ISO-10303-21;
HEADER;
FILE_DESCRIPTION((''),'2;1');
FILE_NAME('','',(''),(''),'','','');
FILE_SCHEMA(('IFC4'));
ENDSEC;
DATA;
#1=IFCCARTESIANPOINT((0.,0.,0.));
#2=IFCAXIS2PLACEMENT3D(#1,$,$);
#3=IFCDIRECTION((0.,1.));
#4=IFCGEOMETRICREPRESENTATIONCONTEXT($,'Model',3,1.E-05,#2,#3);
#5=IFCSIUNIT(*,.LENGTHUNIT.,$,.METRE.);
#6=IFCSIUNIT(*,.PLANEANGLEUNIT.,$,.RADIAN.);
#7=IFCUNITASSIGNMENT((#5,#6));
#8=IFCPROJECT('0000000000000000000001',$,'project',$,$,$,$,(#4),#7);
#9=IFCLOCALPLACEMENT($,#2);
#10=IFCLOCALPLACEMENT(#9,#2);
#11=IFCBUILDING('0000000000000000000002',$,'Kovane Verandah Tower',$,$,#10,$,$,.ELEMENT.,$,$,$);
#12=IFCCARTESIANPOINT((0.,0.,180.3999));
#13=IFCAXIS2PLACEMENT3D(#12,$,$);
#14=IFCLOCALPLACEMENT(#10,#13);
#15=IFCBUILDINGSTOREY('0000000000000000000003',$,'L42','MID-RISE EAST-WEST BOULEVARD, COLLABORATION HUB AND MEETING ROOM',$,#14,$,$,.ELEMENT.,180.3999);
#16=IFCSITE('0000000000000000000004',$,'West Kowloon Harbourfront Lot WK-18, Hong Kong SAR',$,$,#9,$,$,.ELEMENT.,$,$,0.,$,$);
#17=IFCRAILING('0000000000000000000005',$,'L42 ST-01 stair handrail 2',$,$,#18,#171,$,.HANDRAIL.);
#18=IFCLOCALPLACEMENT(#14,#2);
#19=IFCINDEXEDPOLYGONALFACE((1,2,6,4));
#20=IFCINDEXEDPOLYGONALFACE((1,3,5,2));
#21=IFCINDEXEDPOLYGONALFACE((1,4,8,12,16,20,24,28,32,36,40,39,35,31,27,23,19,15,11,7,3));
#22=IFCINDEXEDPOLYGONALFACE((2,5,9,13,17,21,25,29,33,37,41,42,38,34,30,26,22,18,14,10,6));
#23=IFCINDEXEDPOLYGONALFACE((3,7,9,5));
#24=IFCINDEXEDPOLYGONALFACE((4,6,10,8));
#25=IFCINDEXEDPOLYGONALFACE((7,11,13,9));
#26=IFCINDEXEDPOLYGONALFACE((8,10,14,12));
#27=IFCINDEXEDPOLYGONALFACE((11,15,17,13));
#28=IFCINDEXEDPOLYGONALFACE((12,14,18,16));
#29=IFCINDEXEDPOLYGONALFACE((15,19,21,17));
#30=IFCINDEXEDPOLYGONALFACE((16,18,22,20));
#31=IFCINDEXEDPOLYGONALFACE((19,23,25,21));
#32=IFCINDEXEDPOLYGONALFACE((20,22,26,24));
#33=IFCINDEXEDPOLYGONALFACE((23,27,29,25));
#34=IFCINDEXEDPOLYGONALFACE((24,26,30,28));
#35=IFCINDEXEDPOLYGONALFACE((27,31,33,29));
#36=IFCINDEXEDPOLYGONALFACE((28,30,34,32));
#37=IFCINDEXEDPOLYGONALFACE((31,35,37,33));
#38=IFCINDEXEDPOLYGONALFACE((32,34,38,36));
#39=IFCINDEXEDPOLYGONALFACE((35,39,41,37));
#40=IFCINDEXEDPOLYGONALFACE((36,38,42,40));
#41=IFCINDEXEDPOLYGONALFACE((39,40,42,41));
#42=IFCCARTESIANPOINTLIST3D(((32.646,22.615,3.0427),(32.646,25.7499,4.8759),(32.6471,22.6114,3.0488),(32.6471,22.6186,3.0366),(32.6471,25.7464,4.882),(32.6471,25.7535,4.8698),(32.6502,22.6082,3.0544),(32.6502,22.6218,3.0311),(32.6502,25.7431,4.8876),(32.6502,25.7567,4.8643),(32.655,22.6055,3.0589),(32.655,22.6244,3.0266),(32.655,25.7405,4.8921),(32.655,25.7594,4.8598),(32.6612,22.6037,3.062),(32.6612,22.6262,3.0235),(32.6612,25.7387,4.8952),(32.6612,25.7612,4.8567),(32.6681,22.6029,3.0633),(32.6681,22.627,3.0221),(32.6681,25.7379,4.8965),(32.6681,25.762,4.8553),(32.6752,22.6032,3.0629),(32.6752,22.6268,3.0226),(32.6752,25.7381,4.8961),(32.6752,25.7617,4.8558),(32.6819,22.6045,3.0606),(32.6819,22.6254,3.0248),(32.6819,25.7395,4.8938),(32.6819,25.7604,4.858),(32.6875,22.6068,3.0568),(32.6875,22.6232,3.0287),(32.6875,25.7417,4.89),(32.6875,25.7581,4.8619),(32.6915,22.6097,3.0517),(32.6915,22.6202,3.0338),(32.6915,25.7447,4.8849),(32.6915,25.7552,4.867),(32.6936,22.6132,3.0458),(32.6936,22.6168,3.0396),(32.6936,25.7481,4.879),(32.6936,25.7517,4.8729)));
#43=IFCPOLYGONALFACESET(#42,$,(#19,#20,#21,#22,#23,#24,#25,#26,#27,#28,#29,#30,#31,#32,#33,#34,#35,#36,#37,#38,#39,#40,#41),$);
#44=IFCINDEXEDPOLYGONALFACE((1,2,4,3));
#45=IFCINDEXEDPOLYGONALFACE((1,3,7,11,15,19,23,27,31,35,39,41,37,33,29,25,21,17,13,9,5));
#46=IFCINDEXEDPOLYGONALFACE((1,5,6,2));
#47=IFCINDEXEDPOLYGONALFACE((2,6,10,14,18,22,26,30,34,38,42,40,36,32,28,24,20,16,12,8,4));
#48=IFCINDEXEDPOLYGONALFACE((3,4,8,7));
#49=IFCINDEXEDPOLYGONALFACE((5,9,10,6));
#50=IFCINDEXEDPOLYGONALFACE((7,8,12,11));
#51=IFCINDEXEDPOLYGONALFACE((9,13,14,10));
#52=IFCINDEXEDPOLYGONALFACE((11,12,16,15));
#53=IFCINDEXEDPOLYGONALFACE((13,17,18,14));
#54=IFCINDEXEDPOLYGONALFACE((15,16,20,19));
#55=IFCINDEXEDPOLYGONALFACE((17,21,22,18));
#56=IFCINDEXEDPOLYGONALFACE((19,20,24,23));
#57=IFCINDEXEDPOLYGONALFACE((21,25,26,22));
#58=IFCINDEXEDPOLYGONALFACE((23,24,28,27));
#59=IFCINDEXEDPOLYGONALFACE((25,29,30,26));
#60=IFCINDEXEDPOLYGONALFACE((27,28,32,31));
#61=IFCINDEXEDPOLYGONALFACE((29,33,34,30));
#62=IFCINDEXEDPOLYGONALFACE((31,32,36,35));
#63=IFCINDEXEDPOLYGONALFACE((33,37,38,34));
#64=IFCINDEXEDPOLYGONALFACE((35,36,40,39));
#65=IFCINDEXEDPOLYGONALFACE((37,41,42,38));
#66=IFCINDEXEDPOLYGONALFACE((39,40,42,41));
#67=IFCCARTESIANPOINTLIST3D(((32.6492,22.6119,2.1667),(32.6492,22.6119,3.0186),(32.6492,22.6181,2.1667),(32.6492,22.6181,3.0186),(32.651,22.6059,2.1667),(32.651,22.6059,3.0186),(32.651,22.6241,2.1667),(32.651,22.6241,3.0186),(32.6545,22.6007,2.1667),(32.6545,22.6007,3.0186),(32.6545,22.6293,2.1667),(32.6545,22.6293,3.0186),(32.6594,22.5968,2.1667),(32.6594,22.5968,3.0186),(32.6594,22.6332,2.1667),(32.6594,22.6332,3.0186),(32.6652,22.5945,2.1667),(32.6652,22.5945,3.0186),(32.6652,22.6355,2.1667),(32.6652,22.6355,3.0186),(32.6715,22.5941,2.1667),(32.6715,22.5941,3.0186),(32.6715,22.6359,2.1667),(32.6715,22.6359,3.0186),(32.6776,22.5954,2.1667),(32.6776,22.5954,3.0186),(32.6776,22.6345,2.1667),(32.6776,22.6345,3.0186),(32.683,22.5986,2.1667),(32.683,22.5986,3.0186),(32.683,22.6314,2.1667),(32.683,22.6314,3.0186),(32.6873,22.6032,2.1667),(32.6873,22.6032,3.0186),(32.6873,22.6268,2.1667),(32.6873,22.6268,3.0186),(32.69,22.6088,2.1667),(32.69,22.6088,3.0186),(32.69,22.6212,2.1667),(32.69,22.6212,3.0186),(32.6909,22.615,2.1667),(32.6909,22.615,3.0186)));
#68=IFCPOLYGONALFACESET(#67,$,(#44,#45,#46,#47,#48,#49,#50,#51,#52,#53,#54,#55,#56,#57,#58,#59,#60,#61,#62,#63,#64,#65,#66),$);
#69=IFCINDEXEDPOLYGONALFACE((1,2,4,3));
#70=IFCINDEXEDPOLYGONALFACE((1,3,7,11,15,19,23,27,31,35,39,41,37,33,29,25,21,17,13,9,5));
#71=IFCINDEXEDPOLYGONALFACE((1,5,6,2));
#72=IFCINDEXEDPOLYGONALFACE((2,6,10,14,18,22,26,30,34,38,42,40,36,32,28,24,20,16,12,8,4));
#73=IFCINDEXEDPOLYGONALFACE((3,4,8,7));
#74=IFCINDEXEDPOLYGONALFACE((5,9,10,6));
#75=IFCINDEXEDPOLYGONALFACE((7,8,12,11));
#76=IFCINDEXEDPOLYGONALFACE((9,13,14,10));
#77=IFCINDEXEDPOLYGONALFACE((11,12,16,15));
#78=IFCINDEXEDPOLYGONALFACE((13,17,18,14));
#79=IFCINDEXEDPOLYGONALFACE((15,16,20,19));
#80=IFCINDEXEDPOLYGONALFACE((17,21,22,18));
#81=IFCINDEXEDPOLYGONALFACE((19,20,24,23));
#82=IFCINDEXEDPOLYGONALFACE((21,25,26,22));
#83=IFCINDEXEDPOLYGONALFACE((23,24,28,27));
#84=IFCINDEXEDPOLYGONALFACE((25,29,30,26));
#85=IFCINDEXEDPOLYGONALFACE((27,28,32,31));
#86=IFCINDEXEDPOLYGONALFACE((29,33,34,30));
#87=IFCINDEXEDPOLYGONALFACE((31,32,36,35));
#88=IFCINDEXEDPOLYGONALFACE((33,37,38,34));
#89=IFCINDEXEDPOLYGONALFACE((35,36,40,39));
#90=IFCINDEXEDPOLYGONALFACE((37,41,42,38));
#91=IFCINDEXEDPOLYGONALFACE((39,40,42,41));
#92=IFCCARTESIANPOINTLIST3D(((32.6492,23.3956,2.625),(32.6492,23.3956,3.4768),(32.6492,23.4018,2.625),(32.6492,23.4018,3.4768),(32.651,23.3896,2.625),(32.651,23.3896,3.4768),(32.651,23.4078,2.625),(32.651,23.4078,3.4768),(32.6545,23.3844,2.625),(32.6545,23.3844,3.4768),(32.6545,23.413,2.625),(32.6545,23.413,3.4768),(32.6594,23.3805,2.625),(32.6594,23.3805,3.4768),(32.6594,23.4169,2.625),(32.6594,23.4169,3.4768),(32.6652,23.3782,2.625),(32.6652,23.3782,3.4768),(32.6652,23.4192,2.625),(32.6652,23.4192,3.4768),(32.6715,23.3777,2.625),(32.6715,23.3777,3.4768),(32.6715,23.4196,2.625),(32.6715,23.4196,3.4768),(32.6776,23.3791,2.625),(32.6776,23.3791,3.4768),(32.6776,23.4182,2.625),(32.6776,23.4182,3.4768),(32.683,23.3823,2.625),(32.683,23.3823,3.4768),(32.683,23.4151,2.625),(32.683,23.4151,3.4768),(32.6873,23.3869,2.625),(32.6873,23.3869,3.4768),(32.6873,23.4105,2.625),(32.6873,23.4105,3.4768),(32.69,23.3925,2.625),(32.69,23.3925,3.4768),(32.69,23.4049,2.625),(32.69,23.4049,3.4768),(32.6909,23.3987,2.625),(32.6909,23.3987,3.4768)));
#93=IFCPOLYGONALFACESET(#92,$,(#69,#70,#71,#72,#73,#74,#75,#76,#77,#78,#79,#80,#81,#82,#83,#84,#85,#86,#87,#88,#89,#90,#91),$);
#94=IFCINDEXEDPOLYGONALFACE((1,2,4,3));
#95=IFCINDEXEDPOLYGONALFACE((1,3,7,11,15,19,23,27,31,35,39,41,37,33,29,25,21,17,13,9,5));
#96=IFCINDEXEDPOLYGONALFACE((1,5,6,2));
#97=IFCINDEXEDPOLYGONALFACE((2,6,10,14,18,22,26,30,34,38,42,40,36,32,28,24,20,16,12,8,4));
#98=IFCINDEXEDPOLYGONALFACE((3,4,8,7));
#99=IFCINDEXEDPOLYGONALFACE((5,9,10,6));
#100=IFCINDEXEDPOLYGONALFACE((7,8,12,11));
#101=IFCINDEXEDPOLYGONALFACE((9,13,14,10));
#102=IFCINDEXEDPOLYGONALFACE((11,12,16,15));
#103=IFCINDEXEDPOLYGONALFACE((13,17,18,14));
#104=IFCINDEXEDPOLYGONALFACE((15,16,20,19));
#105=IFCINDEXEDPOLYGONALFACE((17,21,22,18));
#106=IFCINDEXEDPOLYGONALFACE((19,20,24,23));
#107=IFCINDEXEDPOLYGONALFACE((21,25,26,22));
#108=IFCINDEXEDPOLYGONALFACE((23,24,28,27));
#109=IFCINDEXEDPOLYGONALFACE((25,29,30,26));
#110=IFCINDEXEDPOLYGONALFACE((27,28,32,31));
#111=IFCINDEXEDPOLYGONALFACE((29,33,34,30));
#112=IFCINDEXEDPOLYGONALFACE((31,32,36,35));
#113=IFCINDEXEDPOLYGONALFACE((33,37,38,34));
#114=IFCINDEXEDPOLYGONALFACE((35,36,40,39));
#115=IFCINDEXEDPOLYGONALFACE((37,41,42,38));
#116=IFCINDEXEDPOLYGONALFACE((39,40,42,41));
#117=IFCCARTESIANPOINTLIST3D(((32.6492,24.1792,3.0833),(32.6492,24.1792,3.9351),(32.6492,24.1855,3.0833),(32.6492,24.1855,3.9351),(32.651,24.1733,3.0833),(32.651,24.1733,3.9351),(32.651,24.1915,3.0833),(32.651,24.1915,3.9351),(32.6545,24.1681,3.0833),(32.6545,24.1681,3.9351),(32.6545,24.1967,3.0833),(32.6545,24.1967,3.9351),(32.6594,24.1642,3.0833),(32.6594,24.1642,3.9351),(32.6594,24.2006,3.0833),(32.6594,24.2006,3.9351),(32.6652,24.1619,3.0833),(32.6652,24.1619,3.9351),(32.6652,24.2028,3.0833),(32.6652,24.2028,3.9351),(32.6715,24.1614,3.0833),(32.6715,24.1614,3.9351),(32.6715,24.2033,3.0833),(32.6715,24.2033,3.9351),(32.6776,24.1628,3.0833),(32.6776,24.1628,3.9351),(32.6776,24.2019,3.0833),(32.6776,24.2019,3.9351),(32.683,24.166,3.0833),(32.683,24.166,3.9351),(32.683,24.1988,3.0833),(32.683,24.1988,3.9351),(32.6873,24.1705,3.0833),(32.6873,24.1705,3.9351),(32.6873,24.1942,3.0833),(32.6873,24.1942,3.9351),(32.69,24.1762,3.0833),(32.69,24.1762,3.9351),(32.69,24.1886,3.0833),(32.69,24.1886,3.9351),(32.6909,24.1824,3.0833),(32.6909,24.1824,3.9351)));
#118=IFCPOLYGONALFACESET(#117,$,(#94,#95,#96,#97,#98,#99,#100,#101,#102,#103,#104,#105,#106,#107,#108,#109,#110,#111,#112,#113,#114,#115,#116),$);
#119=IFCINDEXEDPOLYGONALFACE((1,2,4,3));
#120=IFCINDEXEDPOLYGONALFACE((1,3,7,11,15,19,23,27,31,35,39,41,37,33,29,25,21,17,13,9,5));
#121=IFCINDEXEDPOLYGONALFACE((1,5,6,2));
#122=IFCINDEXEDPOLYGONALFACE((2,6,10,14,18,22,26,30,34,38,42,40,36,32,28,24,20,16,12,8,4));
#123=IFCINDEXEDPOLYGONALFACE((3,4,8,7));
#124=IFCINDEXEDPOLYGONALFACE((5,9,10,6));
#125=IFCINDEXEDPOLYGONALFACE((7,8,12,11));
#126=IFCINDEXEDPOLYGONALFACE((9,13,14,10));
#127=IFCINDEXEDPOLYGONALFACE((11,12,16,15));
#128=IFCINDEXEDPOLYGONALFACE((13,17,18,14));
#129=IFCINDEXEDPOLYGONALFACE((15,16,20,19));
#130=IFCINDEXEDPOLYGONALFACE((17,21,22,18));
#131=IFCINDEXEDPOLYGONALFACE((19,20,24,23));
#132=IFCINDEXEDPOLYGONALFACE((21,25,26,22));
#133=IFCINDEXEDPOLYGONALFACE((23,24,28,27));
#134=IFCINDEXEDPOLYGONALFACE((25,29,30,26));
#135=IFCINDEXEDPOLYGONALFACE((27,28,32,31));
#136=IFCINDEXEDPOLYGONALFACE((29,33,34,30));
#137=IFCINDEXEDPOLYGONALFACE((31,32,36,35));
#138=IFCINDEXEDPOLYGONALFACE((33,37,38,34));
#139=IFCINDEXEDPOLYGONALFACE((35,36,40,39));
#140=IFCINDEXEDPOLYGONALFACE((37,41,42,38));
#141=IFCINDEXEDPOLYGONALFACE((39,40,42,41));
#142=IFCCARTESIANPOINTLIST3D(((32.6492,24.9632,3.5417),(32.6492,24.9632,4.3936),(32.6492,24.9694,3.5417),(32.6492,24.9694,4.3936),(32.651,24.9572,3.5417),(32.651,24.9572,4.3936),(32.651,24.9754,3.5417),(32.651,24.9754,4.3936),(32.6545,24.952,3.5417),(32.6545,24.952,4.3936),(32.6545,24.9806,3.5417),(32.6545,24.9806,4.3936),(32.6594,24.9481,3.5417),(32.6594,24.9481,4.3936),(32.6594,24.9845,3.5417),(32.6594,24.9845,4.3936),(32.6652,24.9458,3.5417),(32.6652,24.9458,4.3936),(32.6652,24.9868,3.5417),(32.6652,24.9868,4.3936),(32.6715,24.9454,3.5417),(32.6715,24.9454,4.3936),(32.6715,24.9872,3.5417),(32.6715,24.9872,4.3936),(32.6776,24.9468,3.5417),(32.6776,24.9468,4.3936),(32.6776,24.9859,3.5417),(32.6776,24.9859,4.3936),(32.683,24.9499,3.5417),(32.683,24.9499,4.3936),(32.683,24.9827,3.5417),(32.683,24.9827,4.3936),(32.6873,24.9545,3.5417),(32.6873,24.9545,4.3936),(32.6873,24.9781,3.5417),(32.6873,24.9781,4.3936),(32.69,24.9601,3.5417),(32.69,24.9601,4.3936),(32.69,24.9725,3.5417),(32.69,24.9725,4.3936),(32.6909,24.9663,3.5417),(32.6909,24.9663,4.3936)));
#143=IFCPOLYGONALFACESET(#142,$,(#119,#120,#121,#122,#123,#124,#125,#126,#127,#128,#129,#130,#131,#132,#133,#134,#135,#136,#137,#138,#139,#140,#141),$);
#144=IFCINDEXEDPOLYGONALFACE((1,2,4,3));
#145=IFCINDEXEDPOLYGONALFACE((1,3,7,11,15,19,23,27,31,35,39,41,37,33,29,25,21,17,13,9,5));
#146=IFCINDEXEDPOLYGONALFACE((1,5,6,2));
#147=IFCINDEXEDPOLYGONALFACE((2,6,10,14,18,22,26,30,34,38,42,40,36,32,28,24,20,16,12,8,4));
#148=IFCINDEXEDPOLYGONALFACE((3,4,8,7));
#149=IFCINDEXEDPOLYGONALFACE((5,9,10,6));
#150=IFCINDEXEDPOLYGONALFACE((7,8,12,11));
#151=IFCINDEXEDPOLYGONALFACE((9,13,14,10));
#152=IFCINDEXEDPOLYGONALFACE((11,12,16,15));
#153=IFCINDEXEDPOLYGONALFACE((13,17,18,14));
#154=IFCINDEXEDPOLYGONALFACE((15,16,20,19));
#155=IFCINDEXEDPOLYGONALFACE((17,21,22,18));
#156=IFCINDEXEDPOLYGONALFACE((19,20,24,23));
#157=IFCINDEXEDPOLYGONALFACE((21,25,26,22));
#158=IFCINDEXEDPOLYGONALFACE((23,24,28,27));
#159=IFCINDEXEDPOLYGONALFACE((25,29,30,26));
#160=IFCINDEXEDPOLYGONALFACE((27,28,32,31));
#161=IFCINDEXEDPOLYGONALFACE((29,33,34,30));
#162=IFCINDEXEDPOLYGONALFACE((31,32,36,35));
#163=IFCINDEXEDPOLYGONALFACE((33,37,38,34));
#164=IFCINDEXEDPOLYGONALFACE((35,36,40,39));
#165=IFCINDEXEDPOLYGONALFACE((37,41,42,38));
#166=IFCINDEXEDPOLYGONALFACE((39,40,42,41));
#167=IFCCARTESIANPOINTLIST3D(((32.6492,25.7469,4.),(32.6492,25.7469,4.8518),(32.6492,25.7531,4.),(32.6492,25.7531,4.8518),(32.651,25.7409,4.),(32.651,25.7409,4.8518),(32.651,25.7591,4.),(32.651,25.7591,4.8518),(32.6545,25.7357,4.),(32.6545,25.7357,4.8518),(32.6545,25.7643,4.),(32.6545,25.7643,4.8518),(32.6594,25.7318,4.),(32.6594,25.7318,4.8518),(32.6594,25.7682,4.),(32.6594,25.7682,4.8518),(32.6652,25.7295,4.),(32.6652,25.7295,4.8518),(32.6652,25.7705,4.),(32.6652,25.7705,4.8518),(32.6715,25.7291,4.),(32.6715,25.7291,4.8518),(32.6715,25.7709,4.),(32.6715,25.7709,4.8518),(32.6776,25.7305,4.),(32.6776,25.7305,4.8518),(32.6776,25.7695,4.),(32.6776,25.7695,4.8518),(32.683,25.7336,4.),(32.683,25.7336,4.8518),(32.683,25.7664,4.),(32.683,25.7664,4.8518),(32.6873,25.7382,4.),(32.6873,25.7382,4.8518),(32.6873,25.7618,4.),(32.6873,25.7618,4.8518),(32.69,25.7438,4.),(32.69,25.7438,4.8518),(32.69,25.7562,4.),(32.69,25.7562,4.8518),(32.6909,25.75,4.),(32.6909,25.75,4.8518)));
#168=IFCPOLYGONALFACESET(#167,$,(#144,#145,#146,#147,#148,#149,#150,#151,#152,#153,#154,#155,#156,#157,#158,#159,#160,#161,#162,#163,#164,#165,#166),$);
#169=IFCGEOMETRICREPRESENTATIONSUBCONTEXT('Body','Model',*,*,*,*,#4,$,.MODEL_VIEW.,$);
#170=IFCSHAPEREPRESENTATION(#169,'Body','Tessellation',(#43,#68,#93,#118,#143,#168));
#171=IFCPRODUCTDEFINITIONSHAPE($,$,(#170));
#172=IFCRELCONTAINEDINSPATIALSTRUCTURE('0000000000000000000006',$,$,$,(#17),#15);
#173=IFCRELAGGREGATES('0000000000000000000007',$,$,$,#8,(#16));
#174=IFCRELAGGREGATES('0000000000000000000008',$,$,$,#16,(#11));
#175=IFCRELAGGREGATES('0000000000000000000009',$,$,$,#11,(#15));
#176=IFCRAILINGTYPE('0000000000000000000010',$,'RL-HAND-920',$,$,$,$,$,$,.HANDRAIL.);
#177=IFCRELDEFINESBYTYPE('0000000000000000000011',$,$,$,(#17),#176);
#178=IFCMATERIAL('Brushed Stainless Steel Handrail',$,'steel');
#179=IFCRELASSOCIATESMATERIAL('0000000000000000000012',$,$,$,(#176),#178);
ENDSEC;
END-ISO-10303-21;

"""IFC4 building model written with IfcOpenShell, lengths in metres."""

from ifc_helpers import new_model, si_unit, direction, frame, origin, origin_2d, place, context, subcontext, project, spatial, circle, extrude, material, type_object, element, save


model = new_model("IFC4")

# Units and contexts
model_context = context("Model", 3, precision=1e-05, world=origin(), true_north=direction((0.0, 1.0)))
body_context = subcontext(model_context, "Body", "Model", "MODEL_VIEW")
ifc_project = project(units=[si_unit("LENGTHUNIT", "METRE"), si_unit("PLANEANGLEUNIT", "RADIAN")], contexts=[model_context])

# Site, building, storey
site_placement = place(None, origin())
site = spatial("IfcSite", under=ifc_project, at=site_placement, Name="West Kowloon Harbourfront Lot WK-18, Hong Kong SAR", CompositionType="ELEMENT", RefElevation=0.0)
building_placement = place(site_placement, origin())
building = spatial("IfcBuilding", under=site, at=building_placement, Name="Kovane Verandah Tower", CompositionType="ELEMENT")
storey_placement = place(building_placement, frame((0.0, 0.0, 180.3999)))
storey = spatial("IfcBuildingStorey", under=building, at=storey_placement, Name="L42", Description="MID-RISE EAST-WEST BOULEVARD, COLLABORATION HUB AND MEETING ROOM", CompositionType="ELEMENT", Elevation=180.3999)

# Railing
ifc_material_1 = material(Name="Brushed Stainless Steel Handrail", Category="steel")
railing_type_1 = type_object("IfcRailingType", Name="RL-HAND-920", PredefinedType="HANDRAIL", material=ifc_material_1)
railing_1_placement = place(storey_placement, frame((32.6699, 22.615, 2.1667)))
element("IfcRailing", 1, at=railing_1_placement, inside=storey, type_object=railing_type_1, Name="L42 ST-01 stair handrail 2", PredefinedType="HANDRAIL", context=body_context, shape_type="SweptSolid", body=[
    extrude(circle(Radius=0.0239, at=origin_2d()), frame((0.0, 0.0, 0.876), z_axis=(0.0, 0.86324, 0.504794), x_axis=(-1.0, 0.0, 0.0)), (0.0, 0.0, 1.0), 3.6316),
    extrude(circle(Radius=0.021, at=origin_2d()), origin(), (0.0, 0.0, 1.0), 0.8518),
    extrude(circle(Radius=0.021, at=origin_2d()), frame((0.0, 0.7837, 0.4583)), (0.0, 0.0, 1.0), 0.8518),
    extrude(circle(Radius=0.021, at=origin_2d()), frame((0.0, 1.5674, 0.9165)), (0.0, 0.0, 1.0), 0.8518),
    extrude(circle(Radius=0.021, at=origin_2d()), frame((0.0, 2.3513, 1.375)), (0.0, 0.0, 1.0), 0.8518),
    extrude(circle(Radius=0.021, at=origin_2d()), frame((0.0, 3.135, 1.8333)), (0.0, 0.0, 1.0), 0.8518),
])

save(model, "model.ifc")
